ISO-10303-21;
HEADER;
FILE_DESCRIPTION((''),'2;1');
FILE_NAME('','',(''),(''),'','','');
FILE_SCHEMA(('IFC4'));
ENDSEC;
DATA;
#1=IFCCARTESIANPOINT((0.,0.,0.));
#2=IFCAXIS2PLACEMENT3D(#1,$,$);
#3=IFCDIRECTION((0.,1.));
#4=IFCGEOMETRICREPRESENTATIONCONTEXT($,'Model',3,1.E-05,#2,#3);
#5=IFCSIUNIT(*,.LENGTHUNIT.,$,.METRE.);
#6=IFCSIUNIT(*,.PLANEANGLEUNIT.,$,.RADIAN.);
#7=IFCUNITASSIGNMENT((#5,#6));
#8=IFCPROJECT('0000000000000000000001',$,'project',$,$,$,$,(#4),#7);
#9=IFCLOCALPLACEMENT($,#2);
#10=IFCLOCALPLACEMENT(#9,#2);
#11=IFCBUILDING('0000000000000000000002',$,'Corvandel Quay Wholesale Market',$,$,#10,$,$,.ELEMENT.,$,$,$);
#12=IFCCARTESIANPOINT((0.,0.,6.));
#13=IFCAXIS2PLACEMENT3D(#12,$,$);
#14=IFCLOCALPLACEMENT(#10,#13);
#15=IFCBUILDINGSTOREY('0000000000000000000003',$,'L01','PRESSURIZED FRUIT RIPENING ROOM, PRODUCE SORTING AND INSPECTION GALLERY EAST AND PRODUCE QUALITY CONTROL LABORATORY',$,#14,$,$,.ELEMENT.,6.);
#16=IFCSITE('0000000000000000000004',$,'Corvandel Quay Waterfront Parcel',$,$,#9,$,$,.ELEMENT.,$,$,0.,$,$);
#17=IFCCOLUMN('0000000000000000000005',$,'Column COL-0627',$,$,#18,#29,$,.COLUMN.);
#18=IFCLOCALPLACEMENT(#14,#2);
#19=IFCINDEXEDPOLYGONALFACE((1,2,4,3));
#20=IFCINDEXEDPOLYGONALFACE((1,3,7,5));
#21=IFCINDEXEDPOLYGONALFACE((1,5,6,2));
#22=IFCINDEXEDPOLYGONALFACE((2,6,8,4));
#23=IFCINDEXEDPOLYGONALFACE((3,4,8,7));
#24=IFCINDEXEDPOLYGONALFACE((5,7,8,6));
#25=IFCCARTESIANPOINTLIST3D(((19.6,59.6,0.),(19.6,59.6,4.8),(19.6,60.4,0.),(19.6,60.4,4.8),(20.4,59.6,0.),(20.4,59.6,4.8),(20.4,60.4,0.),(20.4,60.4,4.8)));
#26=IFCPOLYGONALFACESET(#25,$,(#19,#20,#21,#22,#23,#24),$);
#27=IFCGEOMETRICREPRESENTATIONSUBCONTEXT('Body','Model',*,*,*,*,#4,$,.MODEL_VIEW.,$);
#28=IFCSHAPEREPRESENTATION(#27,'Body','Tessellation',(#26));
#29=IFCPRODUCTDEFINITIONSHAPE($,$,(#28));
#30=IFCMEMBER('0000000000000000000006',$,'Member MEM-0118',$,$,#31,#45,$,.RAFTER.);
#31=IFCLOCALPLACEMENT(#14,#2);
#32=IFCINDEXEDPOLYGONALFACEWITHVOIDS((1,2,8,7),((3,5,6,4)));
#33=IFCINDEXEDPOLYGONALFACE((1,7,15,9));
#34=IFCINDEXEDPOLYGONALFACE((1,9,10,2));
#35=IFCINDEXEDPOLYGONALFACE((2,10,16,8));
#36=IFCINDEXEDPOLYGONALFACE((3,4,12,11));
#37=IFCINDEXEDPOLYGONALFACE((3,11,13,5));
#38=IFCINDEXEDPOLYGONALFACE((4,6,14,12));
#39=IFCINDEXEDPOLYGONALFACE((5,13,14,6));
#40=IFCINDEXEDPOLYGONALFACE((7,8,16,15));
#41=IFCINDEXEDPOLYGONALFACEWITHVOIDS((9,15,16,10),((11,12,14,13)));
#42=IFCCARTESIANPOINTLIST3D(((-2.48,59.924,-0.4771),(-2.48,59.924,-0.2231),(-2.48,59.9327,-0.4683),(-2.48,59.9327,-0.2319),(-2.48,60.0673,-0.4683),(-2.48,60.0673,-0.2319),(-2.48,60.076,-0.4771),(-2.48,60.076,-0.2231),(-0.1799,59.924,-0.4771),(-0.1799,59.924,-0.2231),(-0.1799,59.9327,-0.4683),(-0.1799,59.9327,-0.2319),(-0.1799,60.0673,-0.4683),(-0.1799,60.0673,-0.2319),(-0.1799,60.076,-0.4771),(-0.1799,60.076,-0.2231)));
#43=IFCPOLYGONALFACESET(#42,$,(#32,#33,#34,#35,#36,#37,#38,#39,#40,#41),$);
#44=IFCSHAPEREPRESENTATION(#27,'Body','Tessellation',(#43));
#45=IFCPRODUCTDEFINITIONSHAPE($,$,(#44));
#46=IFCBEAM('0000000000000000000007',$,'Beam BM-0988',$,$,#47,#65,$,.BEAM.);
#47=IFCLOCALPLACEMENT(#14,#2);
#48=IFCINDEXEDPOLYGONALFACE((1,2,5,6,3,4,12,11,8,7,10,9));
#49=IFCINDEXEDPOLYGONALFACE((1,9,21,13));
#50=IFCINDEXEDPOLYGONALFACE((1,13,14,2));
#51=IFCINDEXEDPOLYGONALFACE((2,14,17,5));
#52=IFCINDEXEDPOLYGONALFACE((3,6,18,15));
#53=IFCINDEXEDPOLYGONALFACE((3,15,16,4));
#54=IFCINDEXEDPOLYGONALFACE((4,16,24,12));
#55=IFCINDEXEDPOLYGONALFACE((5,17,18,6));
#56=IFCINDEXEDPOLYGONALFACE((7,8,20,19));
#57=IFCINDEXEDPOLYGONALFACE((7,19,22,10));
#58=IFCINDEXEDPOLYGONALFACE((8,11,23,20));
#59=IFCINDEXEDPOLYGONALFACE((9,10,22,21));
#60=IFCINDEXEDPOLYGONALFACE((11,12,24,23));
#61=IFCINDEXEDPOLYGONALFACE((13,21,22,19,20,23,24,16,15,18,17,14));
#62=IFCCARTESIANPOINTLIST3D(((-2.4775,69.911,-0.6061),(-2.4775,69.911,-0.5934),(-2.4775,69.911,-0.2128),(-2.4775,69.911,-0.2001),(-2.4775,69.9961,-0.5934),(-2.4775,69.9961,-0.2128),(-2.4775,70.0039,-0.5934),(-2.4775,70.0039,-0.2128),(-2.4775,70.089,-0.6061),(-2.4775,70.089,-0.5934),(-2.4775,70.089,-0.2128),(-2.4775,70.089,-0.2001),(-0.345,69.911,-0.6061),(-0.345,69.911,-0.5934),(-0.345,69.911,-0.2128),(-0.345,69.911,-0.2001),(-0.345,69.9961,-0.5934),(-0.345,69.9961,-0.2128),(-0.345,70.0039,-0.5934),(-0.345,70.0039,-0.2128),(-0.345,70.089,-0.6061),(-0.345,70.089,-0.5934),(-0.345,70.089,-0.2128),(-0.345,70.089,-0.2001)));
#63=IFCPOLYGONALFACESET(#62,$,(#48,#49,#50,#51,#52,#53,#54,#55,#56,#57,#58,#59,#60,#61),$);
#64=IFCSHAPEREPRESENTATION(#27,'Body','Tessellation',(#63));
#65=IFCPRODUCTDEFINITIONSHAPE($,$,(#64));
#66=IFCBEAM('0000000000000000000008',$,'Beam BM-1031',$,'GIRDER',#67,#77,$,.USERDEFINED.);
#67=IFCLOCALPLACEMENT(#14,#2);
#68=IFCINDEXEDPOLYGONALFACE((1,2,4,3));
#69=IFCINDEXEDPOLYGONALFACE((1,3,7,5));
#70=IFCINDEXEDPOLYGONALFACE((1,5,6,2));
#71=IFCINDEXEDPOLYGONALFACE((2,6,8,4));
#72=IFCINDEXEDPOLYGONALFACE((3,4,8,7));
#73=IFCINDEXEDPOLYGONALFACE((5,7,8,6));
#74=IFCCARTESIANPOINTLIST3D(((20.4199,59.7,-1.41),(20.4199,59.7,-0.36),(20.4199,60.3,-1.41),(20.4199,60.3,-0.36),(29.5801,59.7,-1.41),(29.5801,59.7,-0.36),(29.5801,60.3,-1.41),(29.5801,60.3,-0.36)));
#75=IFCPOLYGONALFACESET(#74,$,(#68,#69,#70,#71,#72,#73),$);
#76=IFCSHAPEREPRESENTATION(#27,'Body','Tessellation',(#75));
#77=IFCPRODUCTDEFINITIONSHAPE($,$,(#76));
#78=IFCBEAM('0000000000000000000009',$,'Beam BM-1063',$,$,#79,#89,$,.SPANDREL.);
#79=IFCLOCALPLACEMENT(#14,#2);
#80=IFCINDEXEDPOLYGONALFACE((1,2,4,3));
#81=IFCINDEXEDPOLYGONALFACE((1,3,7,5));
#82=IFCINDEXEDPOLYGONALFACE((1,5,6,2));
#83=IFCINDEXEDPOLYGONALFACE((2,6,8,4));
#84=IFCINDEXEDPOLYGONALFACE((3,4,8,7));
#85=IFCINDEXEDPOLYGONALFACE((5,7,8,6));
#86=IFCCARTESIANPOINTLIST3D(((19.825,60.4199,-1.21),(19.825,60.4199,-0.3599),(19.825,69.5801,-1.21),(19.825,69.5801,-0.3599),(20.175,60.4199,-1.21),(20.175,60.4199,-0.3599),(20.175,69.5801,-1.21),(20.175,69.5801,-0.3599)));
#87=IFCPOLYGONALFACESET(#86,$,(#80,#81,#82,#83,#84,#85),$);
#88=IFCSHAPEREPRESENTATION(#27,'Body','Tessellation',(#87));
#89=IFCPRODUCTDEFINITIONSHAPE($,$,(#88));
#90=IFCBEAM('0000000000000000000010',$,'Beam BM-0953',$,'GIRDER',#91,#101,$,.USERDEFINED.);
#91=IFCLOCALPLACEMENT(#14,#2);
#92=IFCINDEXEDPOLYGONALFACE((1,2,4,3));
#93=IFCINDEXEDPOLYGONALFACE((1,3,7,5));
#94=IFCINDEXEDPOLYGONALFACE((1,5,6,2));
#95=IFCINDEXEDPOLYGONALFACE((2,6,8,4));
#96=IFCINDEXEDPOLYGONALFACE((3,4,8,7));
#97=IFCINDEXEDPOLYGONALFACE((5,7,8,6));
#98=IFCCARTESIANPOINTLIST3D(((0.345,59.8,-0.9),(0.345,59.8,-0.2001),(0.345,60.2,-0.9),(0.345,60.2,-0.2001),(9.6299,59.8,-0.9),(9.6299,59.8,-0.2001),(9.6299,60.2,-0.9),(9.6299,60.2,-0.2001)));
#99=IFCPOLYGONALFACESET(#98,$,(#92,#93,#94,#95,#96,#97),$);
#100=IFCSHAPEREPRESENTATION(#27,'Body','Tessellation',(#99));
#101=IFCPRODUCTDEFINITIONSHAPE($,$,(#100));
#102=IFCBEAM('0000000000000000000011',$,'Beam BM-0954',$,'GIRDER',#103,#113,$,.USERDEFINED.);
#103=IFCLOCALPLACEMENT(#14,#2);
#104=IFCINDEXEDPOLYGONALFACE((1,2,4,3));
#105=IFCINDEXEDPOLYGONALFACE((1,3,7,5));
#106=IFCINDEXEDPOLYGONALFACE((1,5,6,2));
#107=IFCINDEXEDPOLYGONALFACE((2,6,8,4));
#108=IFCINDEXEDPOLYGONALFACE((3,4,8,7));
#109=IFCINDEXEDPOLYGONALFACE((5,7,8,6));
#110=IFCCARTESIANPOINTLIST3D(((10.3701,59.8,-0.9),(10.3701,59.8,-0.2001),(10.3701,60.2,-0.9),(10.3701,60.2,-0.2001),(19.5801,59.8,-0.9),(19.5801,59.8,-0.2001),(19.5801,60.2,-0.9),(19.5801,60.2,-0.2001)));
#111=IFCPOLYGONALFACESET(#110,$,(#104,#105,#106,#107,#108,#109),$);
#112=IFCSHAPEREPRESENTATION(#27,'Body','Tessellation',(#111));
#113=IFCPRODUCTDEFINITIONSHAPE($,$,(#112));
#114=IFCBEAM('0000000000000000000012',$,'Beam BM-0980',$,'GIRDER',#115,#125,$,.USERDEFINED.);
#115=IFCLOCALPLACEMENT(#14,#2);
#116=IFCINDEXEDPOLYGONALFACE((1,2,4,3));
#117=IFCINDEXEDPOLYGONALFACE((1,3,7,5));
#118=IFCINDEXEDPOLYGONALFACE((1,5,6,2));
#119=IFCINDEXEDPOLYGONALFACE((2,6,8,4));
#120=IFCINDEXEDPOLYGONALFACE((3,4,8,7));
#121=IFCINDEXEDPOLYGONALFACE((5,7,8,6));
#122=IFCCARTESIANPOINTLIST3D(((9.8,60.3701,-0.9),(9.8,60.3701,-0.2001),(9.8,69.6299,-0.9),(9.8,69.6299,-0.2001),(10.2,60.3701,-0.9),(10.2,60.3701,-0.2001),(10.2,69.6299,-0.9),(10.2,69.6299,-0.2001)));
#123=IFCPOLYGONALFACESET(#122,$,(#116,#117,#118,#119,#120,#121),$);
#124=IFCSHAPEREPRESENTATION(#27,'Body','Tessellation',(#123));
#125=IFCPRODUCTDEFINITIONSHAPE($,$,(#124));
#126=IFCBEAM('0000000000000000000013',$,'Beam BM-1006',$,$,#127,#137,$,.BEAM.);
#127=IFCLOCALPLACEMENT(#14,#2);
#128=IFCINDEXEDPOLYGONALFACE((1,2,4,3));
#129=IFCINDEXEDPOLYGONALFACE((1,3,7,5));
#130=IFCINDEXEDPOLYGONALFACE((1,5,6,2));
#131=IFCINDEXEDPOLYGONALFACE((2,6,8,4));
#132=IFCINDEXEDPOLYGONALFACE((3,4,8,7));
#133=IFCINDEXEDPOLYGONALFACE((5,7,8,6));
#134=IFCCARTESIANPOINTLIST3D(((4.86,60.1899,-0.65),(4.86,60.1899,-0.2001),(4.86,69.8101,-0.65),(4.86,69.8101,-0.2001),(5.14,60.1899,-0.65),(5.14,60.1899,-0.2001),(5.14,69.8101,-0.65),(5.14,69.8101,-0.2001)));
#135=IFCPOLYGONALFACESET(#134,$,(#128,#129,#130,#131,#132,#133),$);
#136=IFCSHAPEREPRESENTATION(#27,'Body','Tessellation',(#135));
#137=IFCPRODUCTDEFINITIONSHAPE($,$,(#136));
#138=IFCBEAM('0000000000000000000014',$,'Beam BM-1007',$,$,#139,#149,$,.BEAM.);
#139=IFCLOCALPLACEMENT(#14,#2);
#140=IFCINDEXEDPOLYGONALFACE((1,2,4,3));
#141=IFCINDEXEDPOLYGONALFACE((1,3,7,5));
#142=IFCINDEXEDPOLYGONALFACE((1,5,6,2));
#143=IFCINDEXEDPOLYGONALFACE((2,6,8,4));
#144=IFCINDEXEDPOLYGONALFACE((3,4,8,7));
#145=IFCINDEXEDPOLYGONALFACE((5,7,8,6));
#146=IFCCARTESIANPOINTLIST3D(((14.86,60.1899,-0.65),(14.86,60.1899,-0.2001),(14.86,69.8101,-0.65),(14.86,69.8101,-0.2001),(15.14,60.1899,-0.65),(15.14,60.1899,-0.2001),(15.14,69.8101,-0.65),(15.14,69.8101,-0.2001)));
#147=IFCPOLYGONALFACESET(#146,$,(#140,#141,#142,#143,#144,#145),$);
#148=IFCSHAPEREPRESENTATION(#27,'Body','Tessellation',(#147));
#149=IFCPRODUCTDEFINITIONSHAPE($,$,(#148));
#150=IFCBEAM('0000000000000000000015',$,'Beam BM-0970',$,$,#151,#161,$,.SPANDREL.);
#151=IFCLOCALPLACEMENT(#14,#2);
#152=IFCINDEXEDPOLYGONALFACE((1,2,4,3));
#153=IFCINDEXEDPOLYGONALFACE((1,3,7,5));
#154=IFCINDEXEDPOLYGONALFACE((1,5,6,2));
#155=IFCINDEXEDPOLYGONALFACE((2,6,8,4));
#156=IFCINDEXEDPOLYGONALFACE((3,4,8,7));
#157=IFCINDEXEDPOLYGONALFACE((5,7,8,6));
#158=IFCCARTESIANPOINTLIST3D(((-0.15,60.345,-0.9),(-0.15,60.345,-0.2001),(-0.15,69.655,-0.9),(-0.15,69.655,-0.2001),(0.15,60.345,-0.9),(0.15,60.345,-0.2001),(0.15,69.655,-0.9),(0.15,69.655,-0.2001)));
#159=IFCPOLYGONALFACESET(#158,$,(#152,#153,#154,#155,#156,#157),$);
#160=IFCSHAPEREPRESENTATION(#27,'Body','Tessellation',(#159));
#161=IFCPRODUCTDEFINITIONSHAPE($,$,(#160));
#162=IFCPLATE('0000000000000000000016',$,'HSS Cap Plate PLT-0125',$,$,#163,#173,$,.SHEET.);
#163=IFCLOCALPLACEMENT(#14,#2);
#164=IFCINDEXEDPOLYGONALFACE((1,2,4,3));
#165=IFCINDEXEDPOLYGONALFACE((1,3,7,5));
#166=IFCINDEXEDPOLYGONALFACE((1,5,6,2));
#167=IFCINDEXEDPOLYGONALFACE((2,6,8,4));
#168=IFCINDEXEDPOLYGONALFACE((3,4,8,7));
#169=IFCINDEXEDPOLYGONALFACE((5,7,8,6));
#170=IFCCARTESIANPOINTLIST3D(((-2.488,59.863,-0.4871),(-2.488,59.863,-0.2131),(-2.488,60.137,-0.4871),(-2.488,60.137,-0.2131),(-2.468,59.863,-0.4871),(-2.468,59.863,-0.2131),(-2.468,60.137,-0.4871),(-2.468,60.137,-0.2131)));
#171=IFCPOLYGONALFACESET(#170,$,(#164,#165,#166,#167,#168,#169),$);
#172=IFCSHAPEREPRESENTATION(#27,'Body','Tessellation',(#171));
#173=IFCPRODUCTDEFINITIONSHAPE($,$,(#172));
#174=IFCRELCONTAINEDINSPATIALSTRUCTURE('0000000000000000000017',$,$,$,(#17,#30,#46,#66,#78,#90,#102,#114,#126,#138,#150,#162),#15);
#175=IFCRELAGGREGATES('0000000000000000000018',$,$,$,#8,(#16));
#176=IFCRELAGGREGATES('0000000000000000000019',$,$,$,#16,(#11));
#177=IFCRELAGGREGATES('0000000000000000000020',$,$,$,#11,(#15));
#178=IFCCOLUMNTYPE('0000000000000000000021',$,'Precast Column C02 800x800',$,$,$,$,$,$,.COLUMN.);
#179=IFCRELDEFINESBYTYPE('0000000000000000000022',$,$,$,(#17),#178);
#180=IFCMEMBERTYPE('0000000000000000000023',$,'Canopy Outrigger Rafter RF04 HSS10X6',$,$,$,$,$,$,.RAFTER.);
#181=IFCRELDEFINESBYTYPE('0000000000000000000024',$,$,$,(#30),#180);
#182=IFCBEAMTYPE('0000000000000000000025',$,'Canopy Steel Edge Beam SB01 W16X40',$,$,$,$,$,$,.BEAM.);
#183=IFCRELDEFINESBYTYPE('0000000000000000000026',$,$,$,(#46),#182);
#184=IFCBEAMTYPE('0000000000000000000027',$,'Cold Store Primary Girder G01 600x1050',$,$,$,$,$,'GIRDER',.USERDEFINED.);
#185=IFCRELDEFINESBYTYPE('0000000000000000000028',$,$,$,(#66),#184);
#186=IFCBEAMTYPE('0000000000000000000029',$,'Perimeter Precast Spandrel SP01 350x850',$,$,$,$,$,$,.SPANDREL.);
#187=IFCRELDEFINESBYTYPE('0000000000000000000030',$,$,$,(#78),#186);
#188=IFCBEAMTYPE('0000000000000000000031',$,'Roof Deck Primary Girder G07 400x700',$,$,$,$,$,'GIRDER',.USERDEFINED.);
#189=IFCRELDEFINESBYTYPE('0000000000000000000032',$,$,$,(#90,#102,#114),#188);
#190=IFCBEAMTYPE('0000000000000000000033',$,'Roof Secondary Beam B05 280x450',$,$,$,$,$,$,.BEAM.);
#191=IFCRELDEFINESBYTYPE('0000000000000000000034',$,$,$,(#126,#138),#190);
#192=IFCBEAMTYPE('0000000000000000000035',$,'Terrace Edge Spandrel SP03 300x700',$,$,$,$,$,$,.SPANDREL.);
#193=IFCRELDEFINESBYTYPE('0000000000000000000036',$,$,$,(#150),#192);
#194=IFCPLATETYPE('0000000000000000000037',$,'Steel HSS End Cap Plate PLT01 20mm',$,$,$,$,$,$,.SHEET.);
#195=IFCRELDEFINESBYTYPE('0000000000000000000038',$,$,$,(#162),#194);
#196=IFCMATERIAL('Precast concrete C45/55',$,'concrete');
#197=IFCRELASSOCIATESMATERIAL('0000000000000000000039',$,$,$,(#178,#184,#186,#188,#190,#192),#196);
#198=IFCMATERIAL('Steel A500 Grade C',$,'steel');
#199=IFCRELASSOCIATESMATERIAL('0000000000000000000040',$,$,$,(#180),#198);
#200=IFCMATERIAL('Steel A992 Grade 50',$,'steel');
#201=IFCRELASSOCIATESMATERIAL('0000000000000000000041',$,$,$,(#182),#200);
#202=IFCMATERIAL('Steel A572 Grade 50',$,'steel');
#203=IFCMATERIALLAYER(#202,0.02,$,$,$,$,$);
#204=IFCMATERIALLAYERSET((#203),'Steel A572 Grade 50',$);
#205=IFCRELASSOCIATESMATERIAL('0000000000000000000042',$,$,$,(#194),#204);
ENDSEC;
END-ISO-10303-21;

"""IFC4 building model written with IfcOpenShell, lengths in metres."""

from ifc_helpers import new_model, si_unit, direction, frame, origin, origin_2d, place, context, subcontext, project, spatial, rectangle, hollow_rectangle, i_section, extrude, material, layer, layer_set, material_profile, profile_set, type_object, element, save


model = new_model("IFC4")

# Units and contexts
model_context = context("Model", 3, precision=1e-05, world=origin(), true_north=direction((0.0, 1.0)))
body_context = subcontext(model_context, "Body", "Model", "MODEL_VIEW")
ifc_project = project(units=[si_unit("LENGTHUNIT", "METRE"), si_unit("PLANEANGLEUNIT", "RADIAN")], contexts=[model_context])

# Site, building, storey
site_placement = place(None, origin())
site = spatial("IfcSite", under=ifc_project, at=site_placement, Name="Corvandel Quay Waterfront Parcel", CompositionType="ELEMENT", RefElevation=0.0)
building_placement = place(site_placement, origin())
building = spatial("IfcBuilding", under=site, at=building_placement, Name="Corvandel Quay Wholesale Market", CompositionType="ELEMENT")
storey_placement = place(building_placement, frame((0.0, 0.0, 6.0)))
storey = spatial("IfcBuildingStorey", under=building, at=storey_placement, Name="L01", Description="PRESSURIZED FRUIT RIPENING ROOM, PRODUCE SORTING AND INSPECTION GALLERY EAST AND PRODUCE QUALITY CONTROL LABORATORY", CompositionType="ELEMENT", Elevation=6.0)

# Column
ifc_material_1 = material(Name="Precast concrete C45/55", Category="concrete")
ifc_material_profile_1 = material_profile(ifc_material_1, rectangle(XDim=0.8, YDim=0.8, at=origin_2d()), Name="PC-COL-800x800")
ifc_profile_set_1 = profile_set([ifc_material_profile_1], Name="Precast concrete C45/55")
column_type = type_object("IfcColumnType", Name="Precast Column C02 800x800", PredefinedType="COLUMN", material=ifc_profile_set_1)
column_placement = place(storey_placement, frame((20.0, 60.0, 0.0), z_axis=(0.0, 0.0, 1.0), x_axis=(1.0, 0.0, 0.0)))
element("IfcColumn", 1, at=column_placement, inside=storey, type_object=column_type, Name="Column COL-0627", PredefinedType="COLUMN", context=body_context, shape_type="SweptSolid", body=[
    extrude(rectangle(XDim=0.8, YDim=0.8, at=origin_2d()), origin(), (0.0, 0.0, 1.0), 4.8),
])

# Member
ifc_material_2 = material(Name="Steel A500 Grade C", Category="steel")
ifc_material_profile_2 = material_profile(ifc_material_2, hollow_rectangle(XDim=0.1521, YDim=0.2539, WallThickness=0.0088, at=origin_2d()), Name="HSS10X6X3/8")
ifc_profile_set_2 = profile_set([ifc_material_profile_2], Name="Steel A500 Grade C")
member_type = type_object("IfcMemberType", Name="Canopy Outrigger Rafter RF04 HSS10X6", PredefinedType="RAFTER", material=ifc_profile_set_2)
member_placement = place(storey_placement, frame((-0.1799, 60.0, -0.3501), z_axis=(-1.0, 0.0, 0.0), x_axis=(0.0, -1.0, 0.0)))
element("IfcMember", 2, at=member_placement, inside=storey, type_object=member_type, Name="Member MEM-0118", PredefinedType="RAFTER", context=body_context, shape_type="SweptSolid", body=[
    extrude(hollow_rectangle(XDim=0.1521, YDim=0.2539, WallThickness=0.0088, at=origin_2d()), origin(), (0.0, 0.0, 1.0), 2.3),
])

# Beams
ifc_material_3 = material(Name="Steel A992 Grade 50", Category="steel")
ifc_material_profile_3 = material_profile(ifc_material_3, i_section(OverallWidth=0.178, OverallDepth=0.406, WebThickness=0.0078, FlangeThickness=0.0127, at=origin_2d()), Name="W16X40")
ifc_profile_set_3 = profile_set([ifc_material_profile_3], Name="Steel A992 Grade 50")
beam_type_1 = type_object("IfcBeamType", Name="Canopy Steel Edge Beam SB01 W16X40", PredefinedType="BEAM", material=ifc_profile_set_3)
beam_1_placement = place(storey_placement, frame((-2.4775, 70.0, -0.4031), z_axis=(1.0, 0.0, 0.0), x_axis=(0.0, 1.0, 0.0)))
element("IfcBeam", 3, at=beam_1_placement, inside=storey, type_object=beam_type_1, Name="Beam BM-0988", PredefinedType="BEAM", context=body_context, shape_type="SweptSolid", body=[
    extrude(i_section(OverallWidth=0.178, OverallDepth=0.406, WebThickness=0.0078, FlangeThickness=0.0127, at=origin_2d()), origin(), (0.0, 0.0, 1.0), 2.1326),
])
ifc_material_profile_4 = material_profile(ifc_material_1, rectangle(XDim=0.6001, YDim=1.05, at=origin_2d()), Name="PC-GIR-600x1050")
ifc_profile_set_4 = profile_set([ifc_material_profile_4], Name="Precast concrete C45/55")
beam_type_2 = type_object("IfcBeamType", Name="Cold Store Primary Girder G01 600x1050", ElementType="GIRDER", PredefinedType="USERDEFINED", material=ifc_profile_set_4)
beam_2_placement = place(storey_placement, frame((20.4199, 60.0, -0.885), z_axis=(1.0, 0.0, 0.0), x_axis=(0.0, 1.0, 0.0)))
element("IfcBeam", 4, at=beam_2_placement, inside=storey, type_object=beam_type_2, Name="Beam BM-1031", ObjectType="GIRDER", PredefinedType="USERDEFINED", context=body_context, shape_type="SweptSolid", body=[
    extrude(rectangle(XDim=0.6001, YDim=1.05, at=origin_2d()), origin(), (0.0, 0.0, 1.0), 9.1602),
])
ifc_material_profile_5 = material_profile(ifc_material_1, rectangle(XDim=0.3501, YDim=0.8501, at=origin_2d()), Name="PC-SPN-350x850")
ifc_profile_set_5 = profile_set([ifc_material_profile_5], Name="Precast concrete C45/55")
beam_type_3 = type_object("IfcBeamType", Name="Perimeter Precast Spandrel SP01 350x850", PredefinedType="SPANDREL", material=ifc_profile_set_5)
beam_3_placement = place(storey_placement, frame((20.0, 60.4199, -0.7849), z_axis=(0.0, 1.0, 0.0), x_axis=(-1.0, 0.0, 0.0)))
element("IfcBeam", 5, at=beam_3_placement, inside=storey, type_object=beam_type_3, Name="Beam BM-1063", PredefinedType="SPANDREL", context=body_context, shape_type="SweptSolid", body=[
    extrude(rectangle(XDim=0.3501, YDim=0.8501, at=origin_2d()), origin(), (0.0, 0.0, 1.0), 9.1602),
])
ifc_material_profile_6 = material_profile(ifc_material_1, rectangle(XDim=0.3999, YDim=0.7, at=origin_2d()), Name="PC-GIR-400x700")
ifc_profile_set_6 = profile_set([ifc_material_profile_6], Name="Precast concrete C45/55")
beam_type_4 = type_object("IfcBeamType", Name="Roof Deck Primary Girder G07 400x700", ElementType="GIRDER", PredefinedType="USERDEFINED", material=ifc_profile_set_6)
beam_4_placement = place(storey_placement, frame((0.345, 60.0, -0.55), z_axis=(1.0, 0.0, 0.0), x_axis=(0.0, 1.0, 0.0)))
element("IfcBeam", 6, at=beam_4_placement, inside=storey, type_object=beam_type_4, Name="Beam BM-0953", ObjectType="GIRDER", PredefinedType="USERDEFINED", context=body_context, shape_type="SweptSolid", body=[
    extrude(rectangle(XDim=0.3999, YDim=0.7, at=origin_2d()), origin(), (0.0, 0.0, 1.0), 9.2849),
])
beam_5_placement = place(storey_placement, frame((10.3701, 60.0, -0.55), z_axis=(1.0, 0.0, 0.0), x_axis=(0.0, 1.0, 0.0)))
element("IfcBeam", 7, at=beam_5_placement, inside=storey, type_object=beam_type_4, Name="Beam BM-0954", ObjectType="GIRDER", PredefinedType="USERDEFINED", context=body_context, shape_type="SweptSolid", body=[
    extrude(rectangle(XDim=0.3999, YDim=0.7, at=origin_2d()), origin(), (0.0, 0.0, 1.0), 9.21),
])
beam_6_placement = place(storey_placement, frame((10.0, 60.3701, -0.55), z_axis=(0.0, 1.0, 0.0), x_axis=(-1.0, 0.0, 0.0)))
element("IfcBeam", 8, at=beam_6_placement, inside=storey, type_object=beam_type_4, Name="Beam BM-0980", ObjectType="GIRDER", PredefinedType="USERDEFINED", context=body_context, shape_type="SweptSolid", body=[
    extrude(rectangle(XDim=0.3999, YDim=0.7, at=origin_2d()), origin(), (0.0, 0.0, 1.0), 9.2598),
])
ifc_material_profile_7 = material_profile(ifc_material_1, rectangle(XDim=0.28, YDim=0.45, at=origin_2d()), Name="PC-BM-280x450")
ifc_profile_set_7 = profile_set([ifc_material_profile_7], Name="Precast concrete C45/55")
beam_type_5 = type_object("IfcBeamType", Name="Roof Secondary Beam B05 280x450", PredefinedType="BEAM", material=ifc_profile_set_7)
for number, where, z_axis, x_axis, name in (
    (9, (5.0, 60.1899, -0.425), (0.0, 1.0, 0.0), (-1.0, 0.0, 0.0), "Beam BM-1006"),
    (10, (15.0, 60.1899, -0.425), (0.0, 1.0, 0.0), (-1.0, 0.0, 0.0), "Beam BM-1007"),
):
    element("IfcBeam", number, at=place(storey_placement, frame(where, z_axis=z_axis, x_axis=x_axis)), inside=storey, type_object=beam_type_5, Name=name, PredefinedType="BEAM", context=body_context, shape_type="SweptSolid", body=[
        extrude(rectangle(XDim=0.28, YDim=0.45, at=origin_2d()), origin(), (0.0, 0.0, 1.0), 9.6201),
    ])
ifc_material_profile_8 = material_profile(ifc_material_1, rectangle(XDim=0.3, YDim=0.7, at=origin_2d()), Name="PC-SPN-300x700")
ifc_profile_set_8 = profile_set([ifc_material_profile_8], Name="Precast concrete C45/55")
beam_type_6 = type_object("IfcBeamType", Name="Terrace Edge Spandrel SP03 300x700", PredefinedType="SPANDREL", material=ifc_profile_set_8)
beam_7_placement = place(storey_placement, frame((0.0, 60.345, -0.55), z_axis=(0.0, 1.0, 0.0), x_axis=(-1.0, 0.0, 0.0)))
element("IfcBeam", 11, at=beam_7_placement, inside=storey, type_object=beam_type_6, Name="Beam BM-0970", PredefinedType="SPANDREL", context=body_context, shape_type="SweptSolid", body=[
    extrude(rectangle(XDim=0.3, YDim=0.7, at=origin_2d()), origin(), (0.0, 0.0, 1.0), 9.3101),
])

# Plate
ifc_material_4 = material(Name="Steel A572 Grade 50", Category="steel")
ifc_layer_1 = layer(ifc_material_4, 0.02)
ifc_layer_set_1 = layer_set([ifc_layer_1], Name="Steel A572 Grade 50")
plate_type = type_object("IfcPlateType", Name="Steel HSS End Cap Plate PLT01 20mm", PredefinedType="SHEET", material=ifc_layer_set_1)
plate_placement = place(storey_placement, frame((-2.478, 60.0, -0.4871), z_axis=(0.0, 0.0, 1.0), x_axis=(0.0, 1.0, 0.0)))
element("IfcPlate", 12, at=plate_placement, inside=storey, type_object=plate_type, Name="HSS Cap Plate PLT-0125", PredefinedType="SHEET", context=body_context, shape_type="SweptSolid", body=[
    extrude(rectangle(XDim=0.2739, YDim=0.02, at=origin_2d()), origin(), (0.0, 0.0, 1.0), 0.2739),
])

save(model, "model.ifc")
